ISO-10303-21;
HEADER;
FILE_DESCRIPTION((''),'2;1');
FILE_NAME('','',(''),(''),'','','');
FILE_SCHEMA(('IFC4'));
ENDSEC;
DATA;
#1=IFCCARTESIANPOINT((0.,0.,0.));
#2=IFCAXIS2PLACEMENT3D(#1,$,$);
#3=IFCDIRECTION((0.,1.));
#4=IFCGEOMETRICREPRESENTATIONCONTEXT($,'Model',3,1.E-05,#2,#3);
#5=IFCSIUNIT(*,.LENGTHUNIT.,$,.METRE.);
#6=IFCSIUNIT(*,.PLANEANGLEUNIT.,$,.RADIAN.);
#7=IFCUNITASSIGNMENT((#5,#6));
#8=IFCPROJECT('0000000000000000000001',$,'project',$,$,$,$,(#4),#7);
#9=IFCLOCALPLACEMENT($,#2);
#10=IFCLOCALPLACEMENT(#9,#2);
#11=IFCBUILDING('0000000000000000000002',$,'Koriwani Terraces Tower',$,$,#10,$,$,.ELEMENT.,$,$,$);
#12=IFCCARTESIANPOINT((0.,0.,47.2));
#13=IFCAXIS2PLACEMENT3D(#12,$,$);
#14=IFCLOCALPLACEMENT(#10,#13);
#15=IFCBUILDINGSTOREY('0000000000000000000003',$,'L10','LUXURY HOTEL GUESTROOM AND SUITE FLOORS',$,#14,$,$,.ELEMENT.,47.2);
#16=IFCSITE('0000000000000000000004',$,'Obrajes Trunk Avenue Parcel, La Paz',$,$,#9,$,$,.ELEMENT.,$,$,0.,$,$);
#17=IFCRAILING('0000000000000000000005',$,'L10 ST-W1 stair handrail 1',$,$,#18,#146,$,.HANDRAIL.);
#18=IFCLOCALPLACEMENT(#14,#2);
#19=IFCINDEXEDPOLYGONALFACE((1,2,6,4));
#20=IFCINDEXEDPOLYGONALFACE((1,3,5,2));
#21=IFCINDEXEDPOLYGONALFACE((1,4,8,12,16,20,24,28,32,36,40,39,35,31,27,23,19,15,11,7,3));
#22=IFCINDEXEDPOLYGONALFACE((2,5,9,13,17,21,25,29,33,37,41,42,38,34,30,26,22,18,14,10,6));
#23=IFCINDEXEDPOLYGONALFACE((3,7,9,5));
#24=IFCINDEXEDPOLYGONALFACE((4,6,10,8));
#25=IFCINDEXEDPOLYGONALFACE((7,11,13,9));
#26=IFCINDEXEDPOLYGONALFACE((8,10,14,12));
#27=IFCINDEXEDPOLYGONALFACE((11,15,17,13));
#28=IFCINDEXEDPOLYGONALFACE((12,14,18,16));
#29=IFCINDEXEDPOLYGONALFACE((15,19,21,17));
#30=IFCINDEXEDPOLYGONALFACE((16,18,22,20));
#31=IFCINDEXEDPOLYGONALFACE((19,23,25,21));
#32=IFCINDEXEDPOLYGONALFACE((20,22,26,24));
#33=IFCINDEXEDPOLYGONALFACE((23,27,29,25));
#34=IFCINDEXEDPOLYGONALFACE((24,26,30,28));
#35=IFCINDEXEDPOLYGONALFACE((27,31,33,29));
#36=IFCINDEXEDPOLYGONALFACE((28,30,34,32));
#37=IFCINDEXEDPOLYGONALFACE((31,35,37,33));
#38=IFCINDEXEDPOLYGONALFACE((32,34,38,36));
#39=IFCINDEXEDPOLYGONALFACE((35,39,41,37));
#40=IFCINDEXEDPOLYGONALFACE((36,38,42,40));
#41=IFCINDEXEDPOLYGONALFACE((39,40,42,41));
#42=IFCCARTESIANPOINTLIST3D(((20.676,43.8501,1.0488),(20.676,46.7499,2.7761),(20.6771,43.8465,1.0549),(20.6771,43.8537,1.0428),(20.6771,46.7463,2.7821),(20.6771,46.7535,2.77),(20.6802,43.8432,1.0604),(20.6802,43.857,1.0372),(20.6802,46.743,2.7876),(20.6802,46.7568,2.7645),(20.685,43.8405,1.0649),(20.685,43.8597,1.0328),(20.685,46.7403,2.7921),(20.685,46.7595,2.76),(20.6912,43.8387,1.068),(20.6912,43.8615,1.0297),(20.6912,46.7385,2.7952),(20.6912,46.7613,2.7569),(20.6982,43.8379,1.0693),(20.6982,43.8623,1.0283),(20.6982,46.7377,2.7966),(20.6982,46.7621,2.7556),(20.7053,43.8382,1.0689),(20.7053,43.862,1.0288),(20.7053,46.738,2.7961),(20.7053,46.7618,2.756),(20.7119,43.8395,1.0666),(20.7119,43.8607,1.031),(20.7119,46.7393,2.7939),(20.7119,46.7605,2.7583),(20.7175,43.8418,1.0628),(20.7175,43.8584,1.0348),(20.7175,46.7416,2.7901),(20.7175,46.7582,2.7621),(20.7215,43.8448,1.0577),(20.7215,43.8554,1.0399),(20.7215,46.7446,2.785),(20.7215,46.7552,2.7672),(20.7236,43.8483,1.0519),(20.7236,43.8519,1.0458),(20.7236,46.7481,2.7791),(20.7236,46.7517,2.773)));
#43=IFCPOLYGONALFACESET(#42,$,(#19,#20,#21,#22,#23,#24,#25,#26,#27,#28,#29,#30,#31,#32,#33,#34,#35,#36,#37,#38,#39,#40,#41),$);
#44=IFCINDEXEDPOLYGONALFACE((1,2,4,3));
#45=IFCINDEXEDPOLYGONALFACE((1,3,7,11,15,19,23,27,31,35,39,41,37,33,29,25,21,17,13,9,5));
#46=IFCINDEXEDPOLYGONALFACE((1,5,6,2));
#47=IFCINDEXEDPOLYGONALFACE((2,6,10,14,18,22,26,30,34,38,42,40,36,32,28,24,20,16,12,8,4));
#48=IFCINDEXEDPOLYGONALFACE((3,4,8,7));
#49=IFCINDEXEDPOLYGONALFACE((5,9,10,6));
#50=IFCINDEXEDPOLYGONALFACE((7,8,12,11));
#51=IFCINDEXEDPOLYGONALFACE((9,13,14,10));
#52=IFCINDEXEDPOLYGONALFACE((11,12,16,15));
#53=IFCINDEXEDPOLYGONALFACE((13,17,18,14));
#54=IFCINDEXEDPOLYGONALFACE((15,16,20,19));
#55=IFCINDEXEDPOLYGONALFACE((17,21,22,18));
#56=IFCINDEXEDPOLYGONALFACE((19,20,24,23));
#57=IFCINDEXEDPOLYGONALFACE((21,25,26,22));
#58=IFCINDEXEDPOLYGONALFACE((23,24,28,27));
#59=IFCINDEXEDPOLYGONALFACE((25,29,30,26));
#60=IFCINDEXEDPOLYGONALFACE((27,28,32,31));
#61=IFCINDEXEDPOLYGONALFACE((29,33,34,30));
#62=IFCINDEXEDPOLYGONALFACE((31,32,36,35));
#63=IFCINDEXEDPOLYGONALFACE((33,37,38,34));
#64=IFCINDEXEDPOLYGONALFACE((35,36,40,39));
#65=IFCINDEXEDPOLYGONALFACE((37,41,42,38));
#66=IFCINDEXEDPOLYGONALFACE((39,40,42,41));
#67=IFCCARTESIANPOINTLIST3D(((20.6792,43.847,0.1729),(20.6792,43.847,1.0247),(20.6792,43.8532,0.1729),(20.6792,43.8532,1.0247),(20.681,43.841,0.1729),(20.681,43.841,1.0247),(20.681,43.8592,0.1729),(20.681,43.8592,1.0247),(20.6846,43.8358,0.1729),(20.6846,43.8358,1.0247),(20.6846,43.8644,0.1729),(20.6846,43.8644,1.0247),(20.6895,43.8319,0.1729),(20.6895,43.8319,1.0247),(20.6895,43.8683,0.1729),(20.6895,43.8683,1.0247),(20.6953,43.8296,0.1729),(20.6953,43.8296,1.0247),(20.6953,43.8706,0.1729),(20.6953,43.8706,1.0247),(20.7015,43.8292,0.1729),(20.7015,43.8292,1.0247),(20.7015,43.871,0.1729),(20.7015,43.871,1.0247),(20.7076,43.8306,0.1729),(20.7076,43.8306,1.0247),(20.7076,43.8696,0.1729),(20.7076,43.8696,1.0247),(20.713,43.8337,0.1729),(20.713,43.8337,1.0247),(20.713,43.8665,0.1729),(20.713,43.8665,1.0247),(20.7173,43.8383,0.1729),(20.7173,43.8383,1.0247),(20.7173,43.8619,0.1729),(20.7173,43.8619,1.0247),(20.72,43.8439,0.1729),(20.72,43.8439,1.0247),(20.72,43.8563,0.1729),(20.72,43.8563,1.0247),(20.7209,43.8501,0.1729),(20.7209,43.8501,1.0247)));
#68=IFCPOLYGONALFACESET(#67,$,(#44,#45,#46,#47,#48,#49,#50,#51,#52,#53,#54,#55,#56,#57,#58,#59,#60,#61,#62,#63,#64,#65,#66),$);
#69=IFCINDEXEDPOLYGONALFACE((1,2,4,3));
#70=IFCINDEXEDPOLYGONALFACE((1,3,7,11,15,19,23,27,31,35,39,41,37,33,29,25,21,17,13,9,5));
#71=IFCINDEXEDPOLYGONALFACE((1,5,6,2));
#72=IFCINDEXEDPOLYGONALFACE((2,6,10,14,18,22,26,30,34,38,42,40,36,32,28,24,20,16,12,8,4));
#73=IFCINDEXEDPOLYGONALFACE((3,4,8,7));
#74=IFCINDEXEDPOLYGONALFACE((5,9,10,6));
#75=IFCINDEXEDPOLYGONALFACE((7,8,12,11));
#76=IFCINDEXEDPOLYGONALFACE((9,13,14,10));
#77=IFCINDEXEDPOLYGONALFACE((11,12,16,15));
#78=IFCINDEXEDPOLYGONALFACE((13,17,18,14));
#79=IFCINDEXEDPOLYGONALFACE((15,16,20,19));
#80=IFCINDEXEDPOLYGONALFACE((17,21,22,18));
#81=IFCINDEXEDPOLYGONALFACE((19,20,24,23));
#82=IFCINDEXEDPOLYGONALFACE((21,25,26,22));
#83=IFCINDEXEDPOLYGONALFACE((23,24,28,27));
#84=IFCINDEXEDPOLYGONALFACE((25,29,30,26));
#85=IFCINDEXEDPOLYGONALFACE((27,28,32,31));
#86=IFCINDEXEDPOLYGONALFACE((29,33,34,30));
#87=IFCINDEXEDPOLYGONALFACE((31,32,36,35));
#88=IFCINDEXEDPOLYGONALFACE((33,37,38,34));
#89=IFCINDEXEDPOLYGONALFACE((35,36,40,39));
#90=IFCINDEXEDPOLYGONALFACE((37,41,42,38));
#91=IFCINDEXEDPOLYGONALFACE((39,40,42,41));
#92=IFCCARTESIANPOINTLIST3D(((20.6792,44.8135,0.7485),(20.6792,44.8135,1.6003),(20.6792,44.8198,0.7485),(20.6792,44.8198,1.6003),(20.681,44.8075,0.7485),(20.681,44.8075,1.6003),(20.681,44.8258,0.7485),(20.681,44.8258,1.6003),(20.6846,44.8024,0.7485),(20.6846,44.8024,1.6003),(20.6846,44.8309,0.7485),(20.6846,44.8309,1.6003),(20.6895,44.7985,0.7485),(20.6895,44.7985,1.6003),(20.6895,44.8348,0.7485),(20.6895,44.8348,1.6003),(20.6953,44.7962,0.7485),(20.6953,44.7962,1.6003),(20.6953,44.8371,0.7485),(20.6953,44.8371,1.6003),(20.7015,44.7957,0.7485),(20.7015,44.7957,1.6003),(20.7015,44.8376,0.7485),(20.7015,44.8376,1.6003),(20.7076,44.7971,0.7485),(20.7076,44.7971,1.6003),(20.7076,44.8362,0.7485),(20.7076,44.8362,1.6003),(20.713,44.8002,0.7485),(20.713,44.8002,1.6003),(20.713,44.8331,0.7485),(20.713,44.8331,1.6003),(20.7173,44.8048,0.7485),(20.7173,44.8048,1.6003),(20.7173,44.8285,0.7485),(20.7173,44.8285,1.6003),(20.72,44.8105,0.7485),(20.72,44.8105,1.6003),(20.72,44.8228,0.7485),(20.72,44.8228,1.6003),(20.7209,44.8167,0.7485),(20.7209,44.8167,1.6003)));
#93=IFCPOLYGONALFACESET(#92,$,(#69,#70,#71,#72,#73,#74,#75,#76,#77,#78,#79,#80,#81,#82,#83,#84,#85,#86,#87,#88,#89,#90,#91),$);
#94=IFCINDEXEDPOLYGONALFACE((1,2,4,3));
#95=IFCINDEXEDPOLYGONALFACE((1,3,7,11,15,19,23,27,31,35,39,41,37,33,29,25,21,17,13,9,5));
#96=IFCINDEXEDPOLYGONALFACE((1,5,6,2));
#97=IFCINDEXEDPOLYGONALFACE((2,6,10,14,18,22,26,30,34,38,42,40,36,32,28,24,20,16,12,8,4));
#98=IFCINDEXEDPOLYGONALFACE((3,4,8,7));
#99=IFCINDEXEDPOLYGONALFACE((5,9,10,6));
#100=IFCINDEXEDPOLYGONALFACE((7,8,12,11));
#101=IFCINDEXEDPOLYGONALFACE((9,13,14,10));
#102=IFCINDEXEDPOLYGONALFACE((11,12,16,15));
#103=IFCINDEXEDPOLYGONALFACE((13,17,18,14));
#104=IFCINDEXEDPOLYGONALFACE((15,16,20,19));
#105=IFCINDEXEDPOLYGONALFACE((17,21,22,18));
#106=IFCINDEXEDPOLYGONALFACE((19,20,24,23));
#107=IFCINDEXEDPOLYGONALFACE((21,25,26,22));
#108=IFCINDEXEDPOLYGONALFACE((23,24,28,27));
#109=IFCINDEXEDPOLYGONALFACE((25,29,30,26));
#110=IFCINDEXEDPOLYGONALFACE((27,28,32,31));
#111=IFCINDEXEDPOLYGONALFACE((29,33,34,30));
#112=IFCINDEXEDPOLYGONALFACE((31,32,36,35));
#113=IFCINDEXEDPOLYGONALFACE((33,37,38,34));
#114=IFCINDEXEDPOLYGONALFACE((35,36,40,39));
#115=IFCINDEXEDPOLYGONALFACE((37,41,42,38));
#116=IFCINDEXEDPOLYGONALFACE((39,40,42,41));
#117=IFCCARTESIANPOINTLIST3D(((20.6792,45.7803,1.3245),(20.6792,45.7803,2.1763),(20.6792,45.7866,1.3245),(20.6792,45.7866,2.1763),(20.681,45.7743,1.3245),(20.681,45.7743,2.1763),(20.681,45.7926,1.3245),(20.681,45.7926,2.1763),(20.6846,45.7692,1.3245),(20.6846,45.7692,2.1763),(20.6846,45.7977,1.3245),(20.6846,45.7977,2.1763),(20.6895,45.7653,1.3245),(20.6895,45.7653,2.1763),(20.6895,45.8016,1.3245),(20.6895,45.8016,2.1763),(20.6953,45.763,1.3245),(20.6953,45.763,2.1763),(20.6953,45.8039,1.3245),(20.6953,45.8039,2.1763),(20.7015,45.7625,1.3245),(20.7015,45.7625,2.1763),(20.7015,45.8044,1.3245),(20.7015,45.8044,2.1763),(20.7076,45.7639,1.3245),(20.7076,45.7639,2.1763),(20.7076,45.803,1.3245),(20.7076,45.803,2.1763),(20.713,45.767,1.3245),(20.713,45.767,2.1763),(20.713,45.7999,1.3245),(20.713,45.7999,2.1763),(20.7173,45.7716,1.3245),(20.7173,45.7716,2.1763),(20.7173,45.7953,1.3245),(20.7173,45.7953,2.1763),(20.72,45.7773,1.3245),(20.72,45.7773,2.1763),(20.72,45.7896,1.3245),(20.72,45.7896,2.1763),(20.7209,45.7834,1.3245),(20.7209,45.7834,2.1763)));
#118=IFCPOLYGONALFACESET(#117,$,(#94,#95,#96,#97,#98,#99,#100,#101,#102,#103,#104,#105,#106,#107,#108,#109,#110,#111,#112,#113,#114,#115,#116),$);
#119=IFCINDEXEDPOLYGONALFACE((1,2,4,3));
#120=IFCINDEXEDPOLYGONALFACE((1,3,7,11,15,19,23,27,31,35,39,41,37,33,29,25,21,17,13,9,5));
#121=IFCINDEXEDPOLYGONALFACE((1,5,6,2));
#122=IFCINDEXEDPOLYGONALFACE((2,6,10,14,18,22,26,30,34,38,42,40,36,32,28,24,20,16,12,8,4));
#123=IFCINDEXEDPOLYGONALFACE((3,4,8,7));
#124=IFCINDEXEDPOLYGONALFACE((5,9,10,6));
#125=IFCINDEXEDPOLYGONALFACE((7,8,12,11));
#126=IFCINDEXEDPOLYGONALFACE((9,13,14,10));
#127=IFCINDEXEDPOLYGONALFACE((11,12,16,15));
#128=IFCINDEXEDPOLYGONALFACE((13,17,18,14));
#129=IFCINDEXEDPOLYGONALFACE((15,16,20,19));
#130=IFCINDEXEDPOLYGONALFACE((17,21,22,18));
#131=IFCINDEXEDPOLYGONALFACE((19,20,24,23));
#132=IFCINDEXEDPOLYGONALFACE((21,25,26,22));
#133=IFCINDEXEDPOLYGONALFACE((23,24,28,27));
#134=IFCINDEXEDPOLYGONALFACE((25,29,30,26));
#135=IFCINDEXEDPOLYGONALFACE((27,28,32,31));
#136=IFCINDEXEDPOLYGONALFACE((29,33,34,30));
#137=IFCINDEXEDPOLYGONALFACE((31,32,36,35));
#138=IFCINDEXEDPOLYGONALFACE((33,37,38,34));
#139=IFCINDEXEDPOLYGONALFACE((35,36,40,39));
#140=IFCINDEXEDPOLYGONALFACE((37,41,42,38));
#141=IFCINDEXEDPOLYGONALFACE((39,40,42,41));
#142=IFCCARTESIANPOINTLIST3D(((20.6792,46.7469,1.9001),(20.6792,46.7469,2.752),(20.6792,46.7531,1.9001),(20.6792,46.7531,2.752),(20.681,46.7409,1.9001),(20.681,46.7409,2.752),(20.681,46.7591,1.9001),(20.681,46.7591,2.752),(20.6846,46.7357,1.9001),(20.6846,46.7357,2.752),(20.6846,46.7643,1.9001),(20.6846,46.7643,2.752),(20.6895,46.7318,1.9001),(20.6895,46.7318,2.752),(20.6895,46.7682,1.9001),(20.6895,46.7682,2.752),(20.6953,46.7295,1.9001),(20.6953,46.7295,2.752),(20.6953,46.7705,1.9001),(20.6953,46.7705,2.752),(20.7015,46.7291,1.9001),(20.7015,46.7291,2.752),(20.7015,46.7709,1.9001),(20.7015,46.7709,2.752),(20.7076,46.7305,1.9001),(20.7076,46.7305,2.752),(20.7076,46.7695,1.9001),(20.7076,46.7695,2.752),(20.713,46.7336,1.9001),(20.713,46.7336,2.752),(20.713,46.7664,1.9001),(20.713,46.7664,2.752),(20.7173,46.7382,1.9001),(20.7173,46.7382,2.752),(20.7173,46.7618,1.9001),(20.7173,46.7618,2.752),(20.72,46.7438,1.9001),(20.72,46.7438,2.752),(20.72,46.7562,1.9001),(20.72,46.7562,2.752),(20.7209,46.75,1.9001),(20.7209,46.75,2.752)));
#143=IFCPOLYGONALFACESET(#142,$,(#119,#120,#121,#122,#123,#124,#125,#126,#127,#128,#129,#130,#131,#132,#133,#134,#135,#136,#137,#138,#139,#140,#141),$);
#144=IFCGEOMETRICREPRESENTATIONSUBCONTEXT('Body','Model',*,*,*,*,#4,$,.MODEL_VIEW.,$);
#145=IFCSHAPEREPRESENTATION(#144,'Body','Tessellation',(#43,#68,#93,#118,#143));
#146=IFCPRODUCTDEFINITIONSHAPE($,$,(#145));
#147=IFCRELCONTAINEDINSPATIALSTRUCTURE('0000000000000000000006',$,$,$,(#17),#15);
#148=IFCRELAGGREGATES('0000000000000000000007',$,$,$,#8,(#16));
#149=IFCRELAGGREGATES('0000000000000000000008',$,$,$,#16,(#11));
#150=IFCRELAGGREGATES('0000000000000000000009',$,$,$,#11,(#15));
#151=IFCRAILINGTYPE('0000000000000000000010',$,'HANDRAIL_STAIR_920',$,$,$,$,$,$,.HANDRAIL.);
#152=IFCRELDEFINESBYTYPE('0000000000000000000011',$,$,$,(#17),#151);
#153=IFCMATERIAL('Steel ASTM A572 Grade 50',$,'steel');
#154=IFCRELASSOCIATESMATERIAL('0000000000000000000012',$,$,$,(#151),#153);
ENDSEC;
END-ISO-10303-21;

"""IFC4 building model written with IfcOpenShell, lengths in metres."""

from ifc_helpers import new_model, si_unit, direction, frame, origin, origin_2d, place, context, subcontext, project, spatial, circle, extrude, material, type_object, element, save


model = new_model("IFC4")

# Units and contexts
model_context = context("Model", 3, precision=1e-05, world=origin(), true_north=direction((0.0, 1.0)))
body_context = subcontext(model_context, "Body", "Model", "MODEL_VIEW")
ifc_project = project(units=[si_unit("LENGTHUNIT", "METRE"), si_unit("PLANEANGLEUNIT", "RADIAN")], contexts=[model_context])

# Site, building, storey
site_placement = place(None, origin())
site = spatial("IfcSite", under=ifc_project, at=site_placement, Name="Obrajes Trunk Avenue Parcel, La Paz", CompositionType="ELEMENT", RefElevation=0.0)
building_placement = place(site_placement, origin())
building = spatial("IfcBuilding", under=site, at=building_placement, Name="Koriwani Terraces Tower", CompositionType="ELEMENT")
storey_placement = place(building_placement, frame((0.0, 0.0, 47.2)))
storey = spatial("IfcBuildingStorey", under=building, at=storey_placement, Name="L10", Description="LUXURY HOTEL GUESTROOM AND SUITE FLOORS", CompositionType="ELEMENT", Elevation=47.2)

# Shared definitions
ifc_material_1 = material(Name="Steel ASTM A572 Grade 50", Category="steel")

# Railing
railing_type_1 = type_object("IfcRailingType", Name="HANDRAIL_STAIR_920", PredefinedType="HANDRAIL", material=ifc_material_1)
railing_1_placement = place(storey_placement, frame((20.7, 43.8501, 0.1729)))
element("IfcRailing", 1, at=railing_1_placement, inside=storey, type_object=railing_type_1, Name="L10 ST-W1 stair handrail 1", PredefinedType="HANDRAIL", context=body_context, shape_type="SweptSolid", body=[
    extrude(circle(Radius=0.0239, at=origin_2d()), frame((0.0, 0.0, 0.876), z_axis=(0.0, 0.859141, 0.511738), x_axis=(-1.0, 0.0, 0.0)), (0.0, 0.0, 1.0), 3.3752),
    extrude(circle(Radius=0.021, at=origin_2d()), origin(), (0.0, 0.0, 1.0), 0.8518),
    extrude(circle(Radius=0.021, at=origin_2d()), frame((0.0, 0.9666, 0.5757)), (0.0, 0.0, 1.0), 0.8518),
    extrude(circle(Radius=0.021, at=origin_2d()), frame((0.0, 1.9333, 1.1516)), (0.0, 0.0, 1.0), 0.8518),
    extrude(circle(Radius=0.021, at=origin_2d()), frame((0.0, 2.8999, 1.7273)), (0.0, 0.0, 1.0), 0.8518),
])

save(model, "model.ifc")
